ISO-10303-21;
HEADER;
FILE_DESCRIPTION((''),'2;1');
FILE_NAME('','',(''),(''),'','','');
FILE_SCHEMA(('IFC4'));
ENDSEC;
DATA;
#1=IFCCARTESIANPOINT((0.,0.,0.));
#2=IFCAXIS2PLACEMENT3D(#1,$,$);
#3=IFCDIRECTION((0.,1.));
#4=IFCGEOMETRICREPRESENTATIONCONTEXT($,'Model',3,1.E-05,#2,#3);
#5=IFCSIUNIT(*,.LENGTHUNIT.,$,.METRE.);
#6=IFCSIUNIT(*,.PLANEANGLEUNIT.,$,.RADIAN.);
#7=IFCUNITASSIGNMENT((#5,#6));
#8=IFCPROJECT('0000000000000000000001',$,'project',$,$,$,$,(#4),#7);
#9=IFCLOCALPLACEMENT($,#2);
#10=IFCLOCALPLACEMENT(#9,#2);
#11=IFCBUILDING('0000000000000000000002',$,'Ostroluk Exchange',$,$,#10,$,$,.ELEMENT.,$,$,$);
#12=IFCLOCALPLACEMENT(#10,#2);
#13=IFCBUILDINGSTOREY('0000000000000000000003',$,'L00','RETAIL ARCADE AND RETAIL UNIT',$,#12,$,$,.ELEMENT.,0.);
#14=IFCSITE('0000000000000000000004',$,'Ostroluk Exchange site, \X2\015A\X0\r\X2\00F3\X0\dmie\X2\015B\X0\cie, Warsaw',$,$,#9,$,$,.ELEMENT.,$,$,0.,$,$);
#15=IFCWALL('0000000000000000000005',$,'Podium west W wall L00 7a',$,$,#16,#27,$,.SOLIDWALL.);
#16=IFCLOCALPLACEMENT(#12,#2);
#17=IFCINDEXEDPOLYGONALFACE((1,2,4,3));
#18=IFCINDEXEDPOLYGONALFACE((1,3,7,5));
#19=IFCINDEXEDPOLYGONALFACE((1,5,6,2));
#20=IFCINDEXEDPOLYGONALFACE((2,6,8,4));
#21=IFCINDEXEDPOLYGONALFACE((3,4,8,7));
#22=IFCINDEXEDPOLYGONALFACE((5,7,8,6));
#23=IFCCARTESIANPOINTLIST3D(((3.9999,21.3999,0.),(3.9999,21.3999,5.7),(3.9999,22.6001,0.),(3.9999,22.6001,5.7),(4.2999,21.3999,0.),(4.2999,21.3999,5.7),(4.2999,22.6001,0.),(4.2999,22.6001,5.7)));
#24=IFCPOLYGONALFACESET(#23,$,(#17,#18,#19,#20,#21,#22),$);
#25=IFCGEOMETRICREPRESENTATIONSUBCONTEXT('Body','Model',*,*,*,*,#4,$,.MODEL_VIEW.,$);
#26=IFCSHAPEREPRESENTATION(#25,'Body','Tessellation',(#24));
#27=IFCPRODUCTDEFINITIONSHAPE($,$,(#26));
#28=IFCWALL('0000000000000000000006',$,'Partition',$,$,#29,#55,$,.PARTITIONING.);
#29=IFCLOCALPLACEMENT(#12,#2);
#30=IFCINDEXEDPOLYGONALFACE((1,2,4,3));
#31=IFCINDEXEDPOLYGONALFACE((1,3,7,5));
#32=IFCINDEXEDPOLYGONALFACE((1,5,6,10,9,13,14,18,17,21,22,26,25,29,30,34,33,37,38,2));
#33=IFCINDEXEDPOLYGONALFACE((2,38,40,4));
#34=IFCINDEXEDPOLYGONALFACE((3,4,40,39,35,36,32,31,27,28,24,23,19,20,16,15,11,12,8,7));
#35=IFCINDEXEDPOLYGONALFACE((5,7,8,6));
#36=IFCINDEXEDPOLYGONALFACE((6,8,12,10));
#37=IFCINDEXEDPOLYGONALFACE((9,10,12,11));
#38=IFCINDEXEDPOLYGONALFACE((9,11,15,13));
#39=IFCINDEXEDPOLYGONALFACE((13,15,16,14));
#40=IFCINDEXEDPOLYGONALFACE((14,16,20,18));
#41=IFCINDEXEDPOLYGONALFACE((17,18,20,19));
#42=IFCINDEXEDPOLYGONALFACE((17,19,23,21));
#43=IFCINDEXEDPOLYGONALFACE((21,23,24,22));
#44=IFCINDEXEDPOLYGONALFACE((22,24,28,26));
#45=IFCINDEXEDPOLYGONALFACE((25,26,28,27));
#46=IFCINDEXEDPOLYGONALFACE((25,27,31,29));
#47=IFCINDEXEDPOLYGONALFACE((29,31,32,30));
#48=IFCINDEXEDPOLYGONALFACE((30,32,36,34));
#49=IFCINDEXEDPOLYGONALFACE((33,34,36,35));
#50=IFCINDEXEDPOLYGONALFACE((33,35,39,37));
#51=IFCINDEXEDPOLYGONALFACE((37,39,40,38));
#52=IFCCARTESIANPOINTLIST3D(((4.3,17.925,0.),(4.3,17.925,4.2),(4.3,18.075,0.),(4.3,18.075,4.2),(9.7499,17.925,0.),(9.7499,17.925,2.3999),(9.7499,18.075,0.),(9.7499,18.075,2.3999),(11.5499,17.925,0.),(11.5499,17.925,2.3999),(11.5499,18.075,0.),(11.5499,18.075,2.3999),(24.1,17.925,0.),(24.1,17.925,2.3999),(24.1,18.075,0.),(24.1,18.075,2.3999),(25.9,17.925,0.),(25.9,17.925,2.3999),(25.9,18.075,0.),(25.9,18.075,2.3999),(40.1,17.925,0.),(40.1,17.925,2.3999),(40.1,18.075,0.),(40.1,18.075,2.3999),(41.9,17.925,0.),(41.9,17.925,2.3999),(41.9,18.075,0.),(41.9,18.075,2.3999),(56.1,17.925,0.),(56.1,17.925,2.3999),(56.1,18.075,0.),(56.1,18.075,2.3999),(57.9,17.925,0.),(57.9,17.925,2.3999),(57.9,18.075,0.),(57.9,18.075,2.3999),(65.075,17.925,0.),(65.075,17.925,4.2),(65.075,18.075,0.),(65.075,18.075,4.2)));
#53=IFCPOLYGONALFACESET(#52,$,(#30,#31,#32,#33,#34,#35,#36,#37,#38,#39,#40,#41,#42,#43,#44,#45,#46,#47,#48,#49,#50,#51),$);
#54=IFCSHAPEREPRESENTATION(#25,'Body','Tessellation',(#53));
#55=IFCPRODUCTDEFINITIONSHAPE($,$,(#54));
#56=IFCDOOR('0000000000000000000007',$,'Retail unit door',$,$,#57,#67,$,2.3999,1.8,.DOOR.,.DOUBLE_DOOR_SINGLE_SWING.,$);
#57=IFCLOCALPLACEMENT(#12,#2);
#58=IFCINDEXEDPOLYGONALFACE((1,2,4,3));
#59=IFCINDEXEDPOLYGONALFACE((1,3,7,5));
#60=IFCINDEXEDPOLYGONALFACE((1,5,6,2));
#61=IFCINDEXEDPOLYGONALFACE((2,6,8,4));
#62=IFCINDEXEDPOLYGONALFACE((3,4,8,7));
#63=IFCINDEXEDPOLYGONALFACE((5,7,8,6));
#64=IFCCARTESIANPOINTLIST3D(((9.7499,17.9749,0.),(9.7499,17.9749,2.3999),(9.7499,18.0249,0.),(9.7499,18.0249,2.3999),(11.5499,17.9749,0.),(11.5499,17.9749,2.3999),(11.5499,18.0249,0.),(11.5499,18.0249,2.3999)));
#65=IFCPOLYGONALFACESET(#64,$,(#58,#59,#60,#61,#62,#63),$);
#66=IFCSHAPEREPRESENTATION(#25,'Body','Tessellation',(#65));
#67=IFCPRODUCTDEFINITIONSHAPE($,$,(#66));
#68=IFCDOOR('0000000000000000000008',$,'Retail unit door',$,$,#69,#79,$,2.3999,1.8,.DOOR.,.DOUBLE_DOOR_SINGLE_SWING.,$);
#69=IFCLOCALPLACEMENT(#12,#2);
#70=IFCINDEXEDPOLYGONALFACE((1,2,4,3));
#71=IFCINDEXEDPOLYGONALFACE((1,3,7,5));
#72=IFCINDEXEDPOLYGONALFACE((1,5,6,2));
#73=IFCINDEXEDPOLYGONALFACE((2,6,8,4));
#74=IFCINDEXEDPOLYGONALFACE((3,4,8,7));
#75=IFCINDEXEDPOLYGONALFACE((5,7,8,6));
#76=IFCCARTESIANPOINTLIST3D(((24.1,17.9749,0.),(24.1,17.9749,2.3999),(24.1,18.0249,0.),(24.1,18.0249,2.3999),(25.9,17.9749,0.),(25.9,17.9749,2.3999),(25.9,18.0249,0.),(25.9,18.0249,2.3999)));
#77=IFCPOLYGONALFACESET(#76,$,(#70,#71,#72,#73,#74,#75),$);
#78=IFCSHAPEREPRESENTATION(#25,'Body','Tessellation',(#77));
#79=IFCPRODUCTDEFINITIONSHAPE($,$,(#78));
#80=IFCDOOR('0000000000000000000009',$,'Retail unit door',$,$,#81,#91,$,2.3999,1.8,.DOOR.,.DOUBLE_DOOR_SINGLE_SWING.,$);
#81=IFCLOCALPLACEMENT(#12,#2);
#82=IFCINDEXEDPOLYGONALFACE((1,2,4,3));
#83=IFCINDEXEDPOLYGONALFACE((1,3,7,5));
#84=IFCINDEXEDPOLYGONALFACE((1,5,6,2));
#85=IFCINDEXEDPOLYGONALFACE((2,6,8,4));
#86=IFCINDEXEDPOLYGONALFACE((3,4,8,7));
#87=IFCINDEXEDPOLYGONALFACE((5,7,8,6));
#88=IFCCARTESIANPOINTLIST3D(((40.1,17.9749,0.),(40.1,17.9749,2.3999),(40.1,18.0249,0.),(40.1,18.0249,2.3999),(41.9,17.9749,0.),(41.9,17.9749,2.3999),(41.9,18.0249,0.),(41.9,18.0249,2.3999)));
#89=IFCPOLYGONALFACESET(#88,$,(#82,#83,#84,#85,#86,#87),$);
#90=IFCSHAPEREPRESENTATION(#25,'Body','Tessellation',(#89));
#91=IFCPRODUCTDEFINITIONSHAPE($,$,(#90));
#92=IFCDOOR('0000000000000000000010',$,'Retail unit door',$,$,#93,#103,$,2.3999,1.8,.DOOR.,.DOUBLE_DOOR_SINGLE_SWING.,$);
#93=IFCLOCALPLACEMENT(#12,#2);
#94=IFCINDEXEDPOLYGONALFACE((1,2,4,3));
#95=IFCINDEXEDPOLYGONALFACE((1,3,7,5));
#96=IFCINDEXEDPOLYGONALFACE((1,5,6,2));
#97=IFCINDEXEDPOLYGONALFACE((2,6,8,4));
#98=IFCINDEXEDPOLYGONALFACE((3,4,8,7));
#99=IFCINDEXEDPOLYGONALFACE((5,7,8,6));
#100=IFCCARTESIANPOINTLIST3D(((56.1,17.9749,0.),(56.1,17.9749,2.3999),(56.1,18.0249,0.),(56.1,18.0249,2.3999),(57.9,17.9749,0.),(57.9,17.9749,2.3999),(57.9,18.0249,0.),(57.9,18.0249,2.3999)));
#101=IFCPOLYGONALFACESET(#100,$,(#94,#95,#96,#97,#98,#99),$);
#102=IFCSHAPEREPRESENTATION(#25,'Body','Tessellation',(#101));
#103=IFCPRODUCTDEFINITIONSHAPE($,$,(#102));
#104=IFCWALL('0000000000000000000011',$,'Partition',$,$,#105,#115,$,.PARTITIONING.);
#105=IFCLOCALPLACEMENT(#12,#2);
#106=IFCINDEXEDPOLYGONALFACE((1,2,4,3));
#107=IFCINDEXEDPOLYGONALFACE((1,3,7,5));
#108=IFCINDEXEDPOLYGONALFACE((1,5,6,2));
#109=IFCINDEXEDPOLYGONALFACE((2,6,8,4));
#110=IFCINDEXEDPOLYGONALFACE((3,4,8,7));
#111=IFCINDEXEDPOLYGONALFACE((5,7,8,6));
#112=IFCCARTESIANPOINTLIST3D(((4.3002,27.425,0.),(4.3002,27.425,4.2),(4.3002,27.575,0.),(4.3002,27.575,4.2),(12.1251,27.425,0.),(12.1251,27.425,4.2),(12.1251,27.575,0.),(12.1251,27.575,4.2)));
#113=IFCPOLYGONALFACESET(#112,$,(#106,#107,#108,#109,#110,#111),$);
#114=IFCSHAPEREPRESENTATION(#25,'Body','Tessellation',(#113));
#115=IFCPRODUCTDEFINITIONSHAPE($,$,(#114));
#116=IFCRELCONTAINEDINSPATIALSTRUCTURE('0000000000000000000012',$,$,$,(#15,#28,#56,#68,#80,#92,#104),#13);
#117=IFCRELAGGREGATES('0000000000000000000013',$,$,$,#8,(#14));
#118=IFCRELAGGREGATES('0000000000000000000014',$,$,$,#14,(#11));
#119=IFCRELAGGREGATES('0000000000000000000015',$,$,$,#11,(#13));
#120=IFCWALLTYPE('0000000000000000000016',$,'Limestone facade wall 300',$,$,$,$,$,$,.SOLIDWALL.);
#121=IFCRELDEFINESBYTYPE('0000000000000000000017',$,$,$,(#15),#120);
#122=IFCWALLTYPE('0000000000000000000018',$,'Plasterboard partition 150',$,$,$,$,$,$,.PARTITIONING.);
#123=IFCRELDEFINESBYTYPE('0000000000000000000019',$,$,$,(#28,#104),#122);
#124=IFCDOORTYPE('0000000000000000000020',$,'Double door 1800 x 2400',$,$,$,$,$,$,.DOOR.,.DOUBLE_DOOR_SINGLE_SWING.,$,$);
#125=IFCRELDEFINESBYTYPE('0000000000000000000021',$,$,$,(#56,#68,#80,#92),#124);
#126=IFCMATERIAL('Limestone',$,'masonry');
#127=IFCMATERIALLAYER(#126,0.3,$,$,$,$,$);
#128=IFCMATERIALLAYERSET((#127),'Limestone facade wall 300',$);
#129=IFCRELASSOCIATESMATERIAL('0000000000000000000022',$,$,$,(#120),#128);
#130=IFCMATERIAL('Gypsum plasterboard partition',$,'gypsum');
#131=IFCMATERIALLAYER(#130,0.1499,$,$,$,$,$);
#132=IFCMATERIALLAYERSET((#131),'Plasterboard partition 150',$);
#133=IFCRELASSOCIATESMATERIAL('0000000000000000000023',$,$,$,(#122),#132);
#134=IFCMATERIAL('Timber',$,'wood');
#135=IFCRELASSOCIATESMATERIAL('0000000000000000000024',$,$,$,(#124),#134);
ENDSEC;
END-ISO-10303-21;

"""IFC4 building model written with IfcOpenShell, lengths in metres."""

from ifc_helpers import new_model, si_unit, direction, frame, frame_2d, origin, place, context, subcontext, project, spatial, rectangle, extrude, material, layer, layer_set, type_object, element, fill, save


model = new_model("IFC4")

# Units and contexts
model_context = context("Model", 3, precision=1e-05, world=origin(), true_north=direction((0.0, 1.0)))
body_context = subcontext(model_context, "Body", "Model", "MODEL_VIEW")
ifc_project = project(units=[si_unit("LENGTHUNIT", "METRE"), si_unit("PLANEANGLEUNIT", "RADIAN")], contexts=[model_context])

# Site, building, storey
site_placement = place(None, origin())
site = spatial("IfcSite", under=ifc_project, at=site_placement, Name="Ostroluk Exchange site, Śródmieście, Warsaw", CompositionType="ELEMENT", RefElevation=0.0)
building_placement = place(site_placement, origin())
building = spatial("IfcBuilding", under=site, at=building_placement, Name="Ostroluk Exchange", CompositionType="ELEMENT")
storey_placement = place(building_placement, origin())
storey = spatial("IfcBuildingStorey", under=building, at=storey_placement, Name="L00", Description="RETAIL ARCADE AND RETAIL UNIT", CompositionType="ELEMENT", Elevation=0.0)

# Wall
ifc_material_1 = material(Name="Limestone", Category="masonry")
ifc_layer_1 = layer(ifc_material_1, 0.3)
ifc_layer_set_1 = layer_set([ifc_layer_1], Name="Limestone facade wall 300")
wall_type_1 = type_object("IfcWallType", Name="Limestone facade wall 300", PredefinedType="SOLIDWALL", material=ifc_layer_set_1)
wall_1_placement = place(storey_placement, frame((4.1499, 22.6001, 0.0), z_axis=(0.0, 0.0, 1.0), x_axis=(0.0, -1.0, 0.0)))
element("IfcWall", 1, at=wall_1_placement, inside=storey, type_object=wall_type_1, Name="Podium west W wall L00 7a", PredefinedType="SOLIDWALL", context=body_context, shape_type="SweptSolid", body=[
    extrude(rectangle(XDim=1.2002, YDim=0.3, at=frame_2d((0.6001, 0.0))), origin(), (0.0, 0.0, 1.0), 5.7),
])

# Wall, openings, doors
ifc_material_2 = material(Name="Gypsum plasterboard partition", Category="gypsum")
ifc_layer_2 = layer(ifc_material_2, 0.1499)
ifc_layer_set_2 = layer_set([ifc_layer_2], Name="Plasterboard partition 150")
wall_type_2 = type_object("IfcWallType", Name="Plasterboard partition 150", PredefinedType="PARTITIONING", material=ifc_layer_set_2)
wall_2_placement = place(storey_placement, frame((4.3, 18.0, 0.0), z_axis=(0.0, 0.0, 1.0), x_axis=(1.0, 0.0, 0.0)))
wall_2 = element("IfcWall", 2, at=wall_2_placement, inside=storey, type_object=wall_type_2, Name="Partition", PredefinedType="PARTITIONING", context=body_context, shape_type="SweptSolid", body=[
    extrude(rectangle(XDim=60.7749, YDim=0.1499, at=frame_2d((30.3875, 0.0))), origin(), (0.0, 0.0, 1.0), 4.2),
])
opening_1_placement = place(wall_2_placement, frame((5.45, 0.0, 0.0)))
opening_1 = element("IfcOpeningElement", 3, at=opening_1_placement, cuts=wall_2, PredefinedType="OPENING", context=body_context, shape_type="SweptSolid", body=[
    extrude(rectangle(XDim=1.8, YDim=2.3999, at=frame_2d((0.8999, 1.2))), frame((0.0, 0.085, 0.0), z_axis=(0.0, -1.0, 0.0), x_axis=(1.0, 0.0, 0.0)), (0.0, 0.0, 1.0), 0.1699),
])
opening_2_placement = place(wall_2_placement, frame((19.8, 0.0, 0.0)))
opening_2 = element("IfcOpeningElement", 4, at=opening_2_placement, cuts=wall_2, PredefinedType="OPENING", context=body_context, shape_type="SweptSolid", body=[
    extrude(rectangle(XDim=1.8, YDim=2.3999, at=frame_2d((0.8999, 1.2))), frame((0.0, 0.085, 0.0), z_axis=(0.0, -1.0, 0.0), x_axis=(1.0, 0.0, 0.0)), (0.0, 0.0, 1.0), 0.1699),
])
opening_3_placement = place(wall_2_placement, frame((35.8, 0.0, 0.0)))
opening_3 = element("IfcOpeningElement", 5, at=opening_3_placement, cuts=wall_2, PredefinedType="OPENING", context=body_context, shape_type="SweptSolid", body=[
    extrude(rectangle(XDim=1.8, YDim=2.3999, at=frame_2d((0.8999, 1.2))), frame((0.0, 0.085, 0.0), z_axis=(0.0, -1.0, 0.0), x_axis=(1.0, 0.0, 0.0)), (0.0, 0.0, 1.0), 0.1699),
])
opening_4_placement = place(wall_2_placement, frame((51.8, 0.0, 0.0)))
opening_4 = element("IfcOpeningElement", 6, at=opening_4_placement, cuts=wall_2, PredefinedType="OPENING", context=body_context, shape_type="SweptSolid", body=[
    extrude(rectangle(XDim=1.8, YDim=2.3999, at=frame_2d((0.8999, 1.2))), frame((0.0, 0.085, 0.0), z_axis=(0.0, -1.0, 0.0), x_axis=(1.0, 0.0, 0.0)), (0.0, 0.0, 1.0), 0.1699),
])
ifc_material_3 = material(Name="Timber", Category="wood")
door_type = type_object("IfcDoorType", Name="Double door 1800 x 2400", OperationType="DOUBLE_DOOR_SINGLE_SWING", PredefinedType="DOOR", material=ifc_material_3)
door_1_placement = place(opening_1_placement, origin())
door_1 = element("IfcDoor", 7, at=door_1_placement, inside=storey, type_object=door_type, Name="Retail unit door", OperationType="DOUBLE_DOOR_SINGLE_SWING", OverallHeight=2.3999, OverallWidth=1.8, PredefinedType="DOOR", context=body_context, shape_type="SweptSolid", body=[
    extrude(rectangle(XDim=1.8, YDim=2.3999, at=frame_2d((0.8999, 1.2))), frame((0.0, 0.0249, 0.0), z_axis=(0.0, -1.0, 0.0), x_axis=(1.0, 0.0, 0.0)), (0.0, 0.0, 1.0), 0.05),
])
fill(opening_1, door_1)
door_2_placement = place(opening_2_placement, origin())
door_2 = element("IfcDoor", 8, at=door_2_placement, inside=storey, type_object=door_type, Name="Retail unit door", OperationType="DOUBLE_DOOR_SINGLE_SWING", OverallHeight=2.3999, OverallWidth=1.8, PredefinedType="DOOR", context=body_context, shape_type="SweptSolid", body=[
    extrude(rectangle(XDim=1.8, YDim=2.3999, at=frame_2d((0.8999, 1.2))), frame((0.0, 0.0249, 0.0), z_axis=(0.0, -1.0, 0.0), x_axis=(1.0, 0.0, 0.0)), (0.0, 0.0, 1.0), 0.05),
])
fill(opening_2, door_2)
door_3_placement = place(opening_3_placement, origin())
door_3 = element("IfcDoor", 9, at=door_3_placement, inside=storey, type_object=door_type, Name="Retail unit door", OperationType="DOUBLE_DOOR_SINGLE_SWING", OverallHeight=2.3999, OverallWidth=1.8, PredefinedType="DOOR", context=body_context, shape_type="SweptSolid", body=[
    extrude(rectangle(XDim=1.8, YDim=2.3999, at=frame_2d((0.8999, 1.2))), frame((0.0, 0.0249, 0.0), z_axis=(0.0, -1.0, 0.0), x_axis=(1.0, 0.0, 0.0)), (0.0, 0.0, 1.0), 0.05),
])
fill(opening_3, door_3)
door_4_placement = place(opening_4_placement, origin())
door_4 = element("IfcDoor", 10, at=door_4_placement, inside=storey, type_object=door_type, Name="Retail unit door", OperationType="DOUBLE_DOOR_SINGLE_SWING", OverallHeight=2.3999, OverallWidth=1.8, PredefinedType="DOOR", context=body_context, shape_type="SweptSolid", body=[
    extrude(rectangle(XDim=1.8, YDim=2.3999, at=frame_2d((0.8999, 1.2))), frame((0.0, 0.0249, 0.0), z_axis=(0.0, -1.0, 0.0), x_axis=(1.0, 0.0, 0.0)), (0.0, 0.0, 1.0), 0.05),
])
fill(opening_4, door_4)

# Wall
wall_3_placement = place(storey_placement, frame((4.3, 27.5, 0.0), z_axis=(0.0, 0.0, 1.0), x_axis=(1.0, 0.0, 0.0)))
element("IfcWall", 11, at=wall_3_placement, inside=storey, type_object=wall_type_2, Name="Partition", PredefinedType="PARTITIONING", context=body_context, shape_type="SweptSolid", body=[
    extrude(rectangle(XDim=7.825, YDim=0.1499, at=frame_2d((3.9126, 0.0))), origin(), (0.0, 0.0, 1.0), 4.2),
])

save(model, "model.ifc")
